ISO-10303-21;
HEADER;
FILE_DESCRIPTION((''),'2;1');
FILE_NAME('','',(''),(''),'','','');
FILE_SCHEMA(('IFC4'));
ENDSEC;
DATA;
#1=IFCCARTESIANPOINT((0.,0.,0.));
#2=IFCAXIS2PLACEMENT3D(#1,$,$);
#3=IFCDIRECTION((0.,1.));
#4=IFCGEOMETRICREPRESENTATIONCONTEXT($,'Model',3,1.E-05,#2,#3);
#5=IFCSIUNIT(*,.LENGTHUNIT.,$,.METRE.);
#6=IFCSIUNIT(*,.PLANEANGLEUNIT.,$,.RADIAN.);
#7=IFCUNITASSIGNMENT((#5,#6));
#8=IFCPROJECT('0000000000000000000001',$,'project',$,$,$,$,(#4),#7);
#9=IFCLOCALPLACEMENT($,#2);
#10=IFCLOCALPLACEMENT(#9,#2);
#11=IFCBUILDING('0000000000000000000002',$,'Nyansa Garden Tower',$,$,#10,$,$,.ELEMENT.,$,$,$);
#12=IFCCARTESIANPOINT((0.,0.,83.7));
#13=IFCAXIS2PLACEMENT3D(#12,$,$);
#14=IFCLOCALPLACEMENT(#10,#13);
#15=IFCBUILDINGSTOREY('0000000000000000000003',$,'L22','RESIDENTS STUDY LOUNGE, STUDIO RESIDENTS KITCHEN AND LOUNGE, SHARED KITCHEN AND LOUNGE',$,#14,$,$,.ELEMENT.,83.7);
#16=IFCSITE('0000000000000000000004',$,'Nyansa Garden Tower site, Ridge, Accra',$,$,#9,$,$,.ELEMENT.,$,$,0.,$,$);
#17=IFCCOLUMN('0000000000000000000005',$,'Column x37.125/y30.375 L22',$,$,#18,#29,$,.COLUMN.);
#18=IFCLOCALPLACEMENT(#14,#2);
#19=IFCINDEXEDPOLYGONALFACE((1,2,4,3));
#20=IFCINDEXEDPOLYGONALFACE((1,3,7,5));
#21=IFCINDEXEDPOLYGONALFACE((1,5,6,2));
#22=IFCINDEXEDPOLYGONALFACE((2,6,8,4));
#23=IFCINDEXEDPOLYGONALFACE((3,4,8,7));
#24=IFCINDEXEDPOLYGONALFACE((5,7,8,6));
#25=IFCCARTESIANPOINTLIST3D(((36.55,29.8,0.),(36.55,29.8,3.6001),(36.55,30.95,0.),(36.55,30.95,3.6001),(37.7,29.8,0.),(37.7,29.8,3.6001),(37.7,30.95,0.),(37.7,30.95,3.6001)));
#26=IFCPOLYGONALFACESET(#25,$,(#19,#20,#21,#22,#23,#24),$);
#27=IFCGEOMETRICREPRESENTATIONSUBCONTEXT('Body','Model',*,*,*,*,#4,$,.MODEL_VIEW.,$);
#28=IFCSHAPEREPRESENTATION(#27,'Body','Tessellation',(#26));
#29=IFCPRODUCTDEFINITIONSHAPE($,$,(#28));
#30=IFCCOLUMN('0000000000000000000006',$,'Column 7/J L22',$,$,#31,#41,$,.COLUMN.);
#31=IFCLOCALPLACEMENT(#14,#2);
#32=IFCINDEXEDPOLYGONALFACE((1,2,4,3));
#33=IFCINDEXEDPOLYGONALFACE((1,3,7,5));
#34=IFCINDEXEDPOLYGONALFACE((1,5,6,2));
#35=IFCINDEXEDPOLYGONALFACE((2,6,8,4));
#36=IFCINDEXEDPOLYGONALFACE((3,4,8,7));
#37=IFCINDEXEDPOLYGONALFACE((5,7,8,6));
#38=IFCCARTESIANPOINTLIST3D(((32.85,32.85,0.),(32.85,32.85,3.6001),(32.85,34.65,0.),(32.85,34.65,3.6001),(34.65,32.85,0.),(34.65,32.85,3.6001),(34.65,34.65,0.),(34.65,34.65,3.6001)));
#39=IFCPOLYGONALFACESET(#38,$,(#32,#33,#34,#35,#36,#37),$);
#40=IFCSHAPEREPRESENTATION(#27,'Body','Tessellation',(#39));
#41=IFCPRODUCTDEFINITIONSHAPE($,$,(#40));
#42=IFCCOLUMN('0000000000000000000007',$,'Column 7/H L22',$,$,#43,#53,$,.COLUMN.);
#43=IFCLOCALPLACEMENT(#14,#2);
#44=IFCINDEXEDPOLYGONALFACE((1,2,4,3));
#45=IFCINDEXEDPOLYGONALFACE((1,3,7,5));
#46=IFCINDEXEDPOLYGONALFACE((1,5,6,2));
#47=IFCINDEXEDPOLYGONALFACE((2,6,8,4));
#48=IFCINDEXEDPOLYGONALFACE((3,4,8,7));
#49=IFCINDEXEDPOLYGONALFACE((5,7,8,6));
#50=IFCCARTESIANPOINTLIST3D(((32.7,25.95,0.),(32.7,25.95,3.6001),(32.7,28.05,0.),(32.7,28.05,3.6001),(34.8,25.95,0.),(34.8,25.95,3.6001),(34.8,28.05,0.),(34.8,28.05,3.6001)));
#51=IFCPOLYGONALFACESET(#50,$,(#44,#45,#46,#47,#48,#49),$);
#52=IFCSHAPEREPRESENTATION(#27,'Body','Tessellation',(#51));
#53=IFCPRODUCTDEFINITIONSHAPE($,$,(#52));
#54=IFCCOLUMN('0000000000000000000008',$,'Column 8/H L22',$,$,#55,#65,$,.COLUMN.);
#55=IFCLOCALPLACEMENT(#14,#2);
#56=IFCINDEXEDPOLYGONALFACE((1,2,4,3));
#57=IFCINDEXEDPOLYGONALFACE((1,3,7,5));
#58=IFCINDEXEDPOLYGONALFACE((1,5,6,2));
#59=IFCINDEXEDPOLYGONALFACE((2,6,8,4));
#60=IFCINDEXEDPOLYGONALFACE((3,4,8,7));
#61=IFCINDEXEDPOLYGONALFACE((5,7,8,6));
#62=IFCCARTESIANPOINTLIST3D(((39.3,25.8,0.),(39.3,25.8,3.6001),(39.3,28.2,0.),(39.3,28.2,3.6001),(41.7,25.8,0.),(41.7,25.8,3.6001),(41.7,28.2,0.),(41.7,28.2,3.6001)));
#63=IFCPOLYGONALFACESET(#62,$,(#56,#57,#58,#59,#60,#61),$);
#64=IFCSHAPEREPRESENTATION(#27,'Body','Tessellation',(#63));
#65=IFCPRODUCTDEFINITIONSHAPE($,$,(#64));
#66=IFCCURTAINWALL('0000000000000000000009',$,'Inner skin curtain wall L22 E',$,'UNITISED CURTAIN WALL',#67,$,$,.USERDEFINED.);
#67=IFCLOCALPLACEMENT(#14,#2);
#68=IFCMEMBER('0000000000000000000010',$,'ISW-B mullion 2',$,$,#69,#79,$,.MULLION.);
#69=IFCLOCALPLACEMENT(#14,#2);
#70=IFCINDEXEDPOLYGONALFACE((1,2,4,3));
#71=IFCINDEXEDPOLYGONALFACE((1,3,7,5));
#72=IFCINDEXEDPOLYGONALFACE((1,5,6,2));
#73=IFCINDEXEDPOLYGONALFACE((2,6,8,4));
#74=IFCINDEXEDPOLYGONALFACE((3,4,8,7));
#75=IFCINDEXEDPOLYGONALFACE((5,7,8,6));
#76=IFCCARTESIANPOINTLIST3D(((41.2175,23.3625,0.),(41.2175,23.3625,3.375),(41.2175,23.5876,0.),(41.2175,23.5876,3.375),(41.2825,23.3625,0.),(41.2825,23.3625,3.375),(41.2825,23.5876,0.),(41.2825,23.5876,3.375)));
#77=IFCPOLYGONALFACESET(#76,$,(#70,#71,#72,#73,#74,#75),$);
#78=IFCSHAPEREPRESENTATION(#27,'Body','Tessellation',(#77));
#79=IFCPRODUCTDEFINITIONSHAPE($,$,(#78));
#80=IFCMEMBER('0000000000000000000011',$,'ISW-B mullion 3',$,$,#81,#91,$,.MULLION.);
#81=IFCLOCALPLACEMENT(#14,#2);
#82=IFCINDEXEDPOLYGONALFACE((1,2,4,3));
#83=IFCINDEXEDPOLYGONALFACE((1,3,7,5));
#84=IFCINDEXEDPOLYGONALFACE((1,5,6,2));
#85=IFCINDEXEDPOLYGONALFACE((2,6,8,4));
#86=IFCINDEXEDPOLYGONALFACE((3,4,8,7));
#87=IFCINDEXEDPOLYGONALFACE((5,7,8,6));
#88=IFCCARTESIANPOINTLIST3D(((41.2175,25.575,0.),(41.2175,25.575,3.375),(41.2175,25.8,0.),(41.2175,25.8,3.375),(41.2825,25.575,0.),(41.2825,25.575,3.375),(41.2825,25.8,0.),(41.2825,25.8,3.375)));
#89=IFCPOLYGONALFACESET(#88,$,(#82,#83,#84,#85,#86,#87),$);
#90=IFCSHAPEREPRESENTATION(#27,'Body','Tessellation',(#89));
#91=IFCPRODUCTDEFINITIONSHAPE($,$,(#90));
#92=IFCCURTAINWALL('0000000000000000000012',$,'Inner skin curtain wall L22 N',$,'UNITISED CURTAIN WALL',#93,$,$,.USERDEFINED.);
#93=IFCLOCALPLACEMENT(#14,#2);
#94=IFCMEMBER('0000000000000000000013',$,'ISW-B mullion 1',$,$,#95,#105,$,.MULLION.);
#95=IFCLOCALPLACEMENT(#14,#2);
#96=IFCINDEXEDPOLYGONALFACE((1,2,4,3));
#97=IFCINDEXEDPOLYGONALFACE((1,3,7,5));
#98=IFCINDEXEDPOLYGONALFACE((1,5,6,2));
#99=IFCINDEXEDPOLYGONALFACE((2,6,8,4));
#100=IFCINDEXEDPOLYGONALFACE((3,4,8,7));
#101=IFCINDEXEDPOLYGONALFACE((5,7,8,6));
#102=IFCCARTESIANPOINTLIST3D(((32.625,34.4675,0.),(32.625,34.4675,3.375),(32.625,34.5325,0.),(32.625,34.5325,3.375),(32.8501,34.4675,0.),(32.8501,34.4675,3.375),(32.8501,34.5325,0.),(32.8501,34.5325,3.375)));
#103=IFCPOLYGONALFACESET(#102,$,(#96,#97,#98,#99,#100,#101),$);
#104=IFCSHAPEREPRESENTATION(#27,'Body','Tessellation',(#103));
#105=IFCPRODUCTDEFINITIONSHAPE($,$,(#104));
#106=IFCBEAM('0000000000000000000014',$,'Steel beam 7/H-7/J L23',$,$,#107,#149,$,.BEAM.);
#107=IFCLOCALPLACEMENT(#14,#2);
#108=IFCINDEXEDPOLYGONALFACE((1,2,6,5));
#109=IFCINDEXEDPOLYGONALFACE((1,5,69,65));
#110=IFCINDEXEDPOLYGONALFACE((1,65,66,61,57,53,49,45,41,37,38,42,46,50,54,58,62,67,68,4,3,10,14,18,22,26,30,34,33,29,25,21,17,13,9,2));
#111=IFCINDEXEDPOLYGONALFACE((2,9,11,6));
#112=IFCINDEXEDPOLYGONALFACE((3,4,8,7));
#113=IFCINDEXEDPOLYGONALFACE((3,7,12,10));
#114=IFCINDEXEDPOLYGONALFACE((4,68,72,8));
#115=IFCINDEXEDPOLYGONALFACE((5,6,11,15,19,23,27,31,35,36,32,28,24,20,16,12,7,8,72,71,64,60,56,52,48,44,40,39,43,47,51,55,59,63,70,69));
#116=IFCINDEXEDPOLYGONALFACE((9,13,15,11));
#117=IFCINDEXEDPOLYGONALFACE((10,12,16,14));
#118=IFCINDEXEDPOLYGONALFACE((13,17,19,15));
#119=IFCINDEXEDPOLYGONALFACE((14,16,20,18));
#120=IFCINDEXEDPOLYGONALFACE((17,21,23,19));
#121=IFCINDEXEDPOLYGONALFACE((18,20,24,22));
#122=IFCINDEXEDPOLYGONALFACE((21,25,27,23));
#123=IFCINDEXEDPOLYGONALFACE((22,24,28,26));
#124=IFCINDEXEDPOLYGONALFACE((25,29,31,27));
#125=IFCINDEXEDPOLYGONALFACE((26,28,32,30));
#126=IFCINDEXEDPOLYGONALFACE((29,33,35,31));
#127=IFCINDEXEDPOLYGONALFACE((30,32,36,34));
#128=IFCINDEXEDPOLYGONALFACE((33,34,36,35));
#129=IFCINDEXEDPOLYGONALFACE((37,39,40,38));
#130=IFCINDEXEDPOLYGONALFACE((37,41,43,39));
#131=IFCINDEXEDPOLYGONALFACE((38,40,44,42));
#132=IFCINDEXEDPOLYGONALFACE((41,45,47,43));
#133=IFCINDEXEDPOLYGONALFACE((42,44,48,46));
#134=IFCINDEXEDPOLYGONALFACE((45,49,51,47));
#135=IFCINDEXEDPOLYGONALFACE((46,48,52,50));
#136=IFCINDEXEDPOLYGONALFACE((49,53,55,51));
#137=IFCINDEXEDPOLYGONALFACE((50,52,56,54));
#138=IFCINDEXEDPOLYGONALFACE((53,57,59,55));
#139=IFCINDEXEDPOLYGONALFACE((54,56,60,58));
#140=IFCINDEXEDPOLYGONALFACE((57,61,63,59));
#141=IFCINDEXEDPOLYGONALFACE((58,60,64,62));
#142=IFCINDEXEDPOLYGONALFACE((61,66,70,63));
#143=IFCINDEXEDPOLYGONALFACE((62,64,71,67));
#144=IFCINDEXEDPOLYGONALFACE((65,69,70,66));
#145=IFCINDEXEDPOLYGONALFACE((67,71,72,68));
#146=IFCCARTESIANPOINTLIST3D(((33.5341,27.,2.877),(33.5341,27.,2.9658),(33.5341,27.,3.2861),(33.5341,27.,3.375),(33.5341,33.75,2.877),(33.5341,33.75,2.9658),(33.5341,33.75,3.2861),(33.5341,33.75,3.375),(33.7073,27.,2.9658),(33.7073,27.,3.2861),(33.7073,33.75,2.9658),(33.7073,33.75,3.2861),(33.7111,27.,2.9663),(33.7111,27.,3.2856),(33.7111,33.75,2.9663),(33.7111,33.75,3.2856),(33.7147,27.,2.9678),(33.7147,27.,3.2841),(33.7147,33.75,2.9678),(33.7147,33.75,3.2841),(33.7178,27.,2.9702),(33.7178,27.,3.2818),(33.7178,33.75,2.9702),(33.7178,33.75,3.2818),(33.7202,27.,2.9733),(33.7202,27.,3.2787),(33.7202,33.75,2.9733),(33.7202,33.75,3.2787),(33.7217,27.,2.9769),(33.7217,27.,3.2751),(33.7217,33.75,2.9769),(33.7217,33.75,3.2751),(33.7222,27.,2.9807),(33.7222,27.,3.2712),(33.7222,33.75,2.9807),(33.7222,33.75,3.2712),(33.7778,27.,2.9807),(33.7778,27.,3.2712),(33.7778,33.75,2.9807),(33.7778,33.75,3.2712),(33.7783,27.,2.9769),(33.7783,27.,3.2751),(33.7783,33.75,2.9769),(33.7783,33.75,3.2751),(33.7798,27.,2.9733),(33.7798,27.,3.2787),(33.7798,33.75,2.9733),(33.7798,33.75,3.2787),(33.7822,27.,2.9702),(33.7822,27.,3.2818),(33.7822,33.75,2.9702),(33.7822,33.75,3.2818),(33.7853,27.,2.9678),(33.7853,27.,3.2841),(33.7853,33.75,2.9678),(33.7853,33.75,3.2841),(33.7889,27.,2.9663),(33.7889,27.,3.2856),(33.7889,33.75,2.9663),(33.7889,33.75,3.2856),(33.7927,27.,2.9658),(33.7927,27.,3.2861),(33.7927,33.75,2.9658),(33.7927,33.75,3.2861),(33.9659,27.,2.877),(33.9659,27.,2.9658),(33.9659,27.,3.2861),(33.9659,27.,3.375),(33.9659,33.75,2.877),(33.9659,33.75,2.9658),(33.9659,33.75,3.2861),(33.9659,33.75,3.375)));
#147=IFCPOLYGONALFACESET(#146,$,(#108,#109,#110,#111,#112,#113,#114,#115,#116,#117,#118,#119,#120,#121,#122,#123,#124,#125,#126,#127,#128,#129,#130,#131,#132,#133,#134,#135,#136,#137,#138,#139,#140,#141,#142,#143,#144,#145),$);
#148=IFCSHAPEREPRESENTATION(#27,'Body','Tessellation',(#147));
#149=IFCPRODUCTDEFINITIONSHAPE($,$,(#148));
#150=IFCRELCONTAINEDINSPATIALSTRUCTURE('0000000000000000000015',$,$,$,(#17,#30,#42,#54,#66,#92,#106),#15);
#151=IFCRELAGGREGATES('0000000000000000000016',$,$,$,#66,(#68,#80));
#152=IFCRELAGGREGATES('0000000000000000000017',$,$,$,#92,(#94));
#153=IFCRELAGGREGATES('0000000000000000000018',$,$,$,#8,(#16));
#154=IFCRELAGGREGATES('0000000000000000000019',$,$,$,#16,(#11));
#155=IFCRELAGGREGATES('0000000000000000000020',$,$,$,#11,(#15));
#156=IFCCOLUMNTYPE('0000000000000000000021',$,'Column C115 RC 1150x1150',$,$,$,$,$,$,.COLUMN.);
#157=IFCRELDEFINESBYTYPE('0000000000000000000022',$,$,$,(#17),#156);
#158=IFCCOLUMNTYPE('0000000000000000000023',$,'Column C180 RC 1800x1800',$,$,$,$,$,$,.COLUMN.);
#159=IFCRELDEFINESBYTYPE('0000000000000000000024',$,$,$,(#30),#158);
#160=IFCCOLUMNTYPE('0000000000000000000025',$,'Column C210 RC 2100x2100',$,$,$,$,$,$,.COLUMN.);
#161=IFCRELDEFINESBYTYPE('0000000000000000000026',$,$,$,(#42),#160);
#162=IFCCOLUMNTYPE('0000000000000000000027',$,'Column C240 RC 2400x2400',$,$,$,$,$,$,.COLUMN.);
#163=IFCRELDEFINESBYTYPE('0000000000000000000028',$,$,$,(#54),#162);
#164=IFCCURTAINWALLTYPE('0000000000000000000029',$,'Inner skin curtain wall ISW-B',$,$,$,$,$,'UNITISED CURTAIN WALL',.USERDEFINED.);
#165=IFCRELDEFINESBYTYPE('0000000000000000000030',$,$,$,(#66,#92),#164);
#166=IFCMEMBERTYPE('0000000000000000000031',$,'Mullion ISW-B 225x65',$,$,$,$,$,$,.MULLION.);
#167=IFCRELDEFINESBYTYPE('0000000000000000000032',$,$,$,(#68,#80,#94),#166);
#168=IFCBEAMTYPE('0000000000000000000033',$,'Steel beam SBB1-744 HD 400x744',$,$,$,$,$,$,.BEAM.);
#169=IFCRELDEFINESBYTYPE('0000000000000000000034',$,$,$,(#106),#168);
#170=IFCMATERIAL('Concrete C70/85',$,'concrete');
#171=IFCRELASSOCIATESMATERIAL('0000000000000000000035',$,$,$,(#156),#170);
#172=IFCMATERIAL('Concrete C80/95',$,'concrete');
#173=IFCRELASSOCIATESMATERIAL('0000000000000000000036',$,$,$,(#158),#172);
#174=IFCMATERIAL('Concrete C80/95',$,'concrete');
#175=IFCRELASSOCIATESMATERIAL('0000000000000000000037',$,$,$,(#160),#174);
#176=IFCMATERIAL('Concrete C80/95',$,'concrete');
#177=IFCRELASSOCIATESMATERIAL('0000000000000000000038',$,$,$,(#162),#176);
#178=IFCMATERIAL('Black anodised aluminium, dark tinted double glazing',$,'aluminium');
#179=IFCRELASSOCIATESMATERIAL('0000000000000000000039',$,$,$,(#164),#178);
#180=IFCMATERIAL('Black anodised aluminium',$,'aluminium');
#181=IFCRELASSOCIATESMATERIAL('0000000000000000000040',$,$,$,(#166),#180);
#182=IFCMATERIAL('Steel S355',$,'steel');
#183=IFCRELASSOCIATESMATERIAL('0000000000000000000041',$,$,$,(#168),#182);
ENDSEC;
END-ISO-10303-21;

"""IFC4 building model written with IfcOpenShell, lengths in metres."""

from ifc_helpers import new_model, si_unit, direction, frame, origin, origin_2d, place, context, subcontext, project, spatial, rectangle, i_section, extrude, material, material_profile, profile_set, type_object, element, aggregate, save


model = new_model("IFC4")

# Units and contexts
model_context = context("Model", 3, precision=1e-05, world=origin(), true_north=direction((0.0, 1.0)))
body_context = subcontext(model_context, "Body", "Model", "MODEL_VIEW")
ifc_project = project(units=[si_unit("LENGTHUNIT", "METRE"), si_unit("PLANEANGLEUNIT", "RADIAN")], contexts=[model_context])

# Site, building, storey
site_placement = place(None, origin())
site = spatial("IfcSite", under=ifc_project, at=site_placement, Name="Nyansa Garden Tower site, Ridge, Accra", CompositionType="ELEMENT", RefElevation=0.0)
building_placement = place(site_placement, origin())
building = spatial("IfcBuilding", under=site, at=building_placement, Name="Nyansa Garden Tower", CompositionType="ELEMENT")
storey_placement = place(building_placement, frame((0.0, 0.0, 83.7)))
storey = spatial("IfcBuildingStorey", under=building, at=storey_placement, Name="L22", Description="RESIDENTS STUDY LOUNGE, STUDIO RESIDENTS KITCHEN AND LOUNGE, SHARED KITCHEN AND LOUNGE", CompositionType="ELEMENT", Elevation=83.7)

# Columns
ifc_material_1 = material(Name="Concrete C70/85", Category="concrete")
ifc_material_profile_1 = material_profile(ifc_material_1, rectangle(XDim=1.1499, YDim=1.1499, at=origin_2d()), Name="RC 1150x1150")
ifc_profile_set_1 = profile_set([ifc_material_profile_1], Name="Concrete C70/85")
column_type_1 = type_object("IfcColumnType", Name="Column C115 RC 1150x1150", PredefinedType="COLUMN", material=ifc_profile_set_1)
column_1_placement = place(storey_placement, frame((37.125, 30.375, 0.0), z_axis=(0.0, 0.0, 1.0), x_axis=(1.0, 0.0, 0.0)))
element("IfcColumn", 1, at=column_1_placement, inside=storey, type_object=column_type_1, Name="Column x37.125/y30.375 L22", PredefinedType="COLUMN", context=body_context, shape_type="SweptSolid", body=[
    extrude(rectangle(XDim=1.1499, YDim=1.1499, at=origin_2d()), origin(), (0.0, 0.0, 1.0), 3.6001),
])
ifc_material_2 = material(Name="Concrete C80/95", Category="concrete")
ifc_material_profile_2 = material_profile(ifc_material_2, rectangle(XDim=1.8, YDim=1.8, at=origin_2d()), Name="RC 1800x1800")
ifc_profile_set_2 = profile_set([ifc_material_profile_2], Name="Concrete C80/95")
column_type_2 = type_object("IfcColumnType", Name="Column C180 RC 1800x1800", PredefinedType="COLUMN", material=ifc_profile_set_2)
column_2_placement = place(storey_placement, frame((33.75, 33.75, 0.0), z_axis=(0.0, 0.0, 1.0), x_axis=(1.0, 0.0, 0.0)))
element("IfcColumn", 2, at=column_2_placement, inside=storey, type_object=column_type_2, Name="Column 7/J L22", PredefinedType="COLUMN", context=body_context, shape_type="SweptSolid", body=[
    extrude(rectangle(XDim=1.8, YDim=1.8, at=origin_2d()), origin(), (0.0, 0.0, 1.0), 3.6001),
])
ifc_material_3 = material(Name="Concrete C80/95", Category="concrete")
ifc_material_profile_3 = material_profile(ifc_material_3, rectangle(XDim=2.1001, YDim=2.1001, at=origin_2d()), Name="RC 2100x2100")
ifc_profile_set_3 = profile_set([ifc_material_profile_3], Name="Concrete C80/95")
column_type_3 = type_object("IfcColumnType", Name="Column C210 RC 2100x2100", PredefinedType="COLUMN", material=ifc_profile_set_3)
column_3_placement = place(storey_placement, frame((33.75, 27.0, 0.0), z_axis=(0.0, 0.0, 1.0), x_axis=(1.0, 0.0, 0.0)))
element("IfcColumn", 3, at=column_3_placement, inside=storey, type_object=column_type_3, Name="Column 7/H L22", PredefinedType="COLUMN", context=body_context, shape_type="SweptSolid", body=[
    extrude(rectangle(XDim=2.1001, YDim=2.1001, at=origin_2d()), origin(), (0.0, 0.0, 1.0), 3.6001),
])
ifc_material_4 = material(Name="Concrete C80/95", Category="concrete")
ifc_material_profile_4 = material_profile(ifc_material_4, rectangle(XDim=2.3999, YDim=2.3999, at=origin_2d()), Name="RC 2400x2400")
ifc_profile_set_4 = profile_set([ifc_material_profile_4], Name="Concrete C80/95")
column_type_4 = type_object("IfcColumnType", Name="Column C240 RC 2400x2400", PredefinedType="COLUMN", material=ifc_profile_set_4)
column_4_placement = place(storey_placement, frame((40.5, 27.0, 0.0), z_axis=(0.0, 0.0, 1.0), x_axis=(1.0, 0.0, 0.0)))
element("IfcColumn", 4, at=column_4_placement, inside=storey, type_object=column_type_4, Name="Column 8/H L22", PredefinedType="COLUMN", context=body_context, shape_type="SweptSolid", body=[
    extrude(rectangle(XDim=2.3999, YDim=2.3999, at=origin_2d()), origin(), (0.0, 0.0, 1.0), 3.6001),
])

# Curtain wall, members
ifc_material_5 = material(Name="Black anodised aluminium, dark tinted double glazing", Category="aluminium")
curtain_wall_type = type_object("IfcCurtainWallType", Name="Inner skin curtain wall ISW-B", ElementType="UNITISED CURTAIN WALL", PredefinedType="USERDEFINED", material=ifc_material_5)
curtain_wall_1_placement = place(storey_placement, origin())
curtain_wall_1 = element("IfcCurtainWall", 5, at=curtain_wall_1_placement, inside=storey, type_object=curtain_wall_type, Name="Inner skin curtain wall L22 E", ObjectType="UNITISED CURTAIN WALL", PredefinedType="USERDEFINED")
ifc_material_6 = material(Name="Black anodised aluminium", Category="aluminium")
ifc_material_profile_5 = material_profile(ifc_material_6, rectangle(XDim=0.0649, YDim=0.2251, at=origin_2d()), Name="Mullion 225x65")
ifc_profile_set_5 = profile_set([ifc_material_profile_5], Name="Black anodised aluminium")
member_type_1 = type_object("IfcMemberType", Name="Mullion ISW-B 225x65", PredefinedType="MULLION", material=ifc_profile_set_5)
member_1_placement = place(storey_placement, frame((41.25, 23.4751, 0.0), z_axis=(0.0, 0.0, 1.0), x_axis=(-1.0, 0.0, 0.0)))
member_1 = element("IfcMember", 6, at=member_1_placement, type_object=member_type_1, Name="ISW-B mullion 2", PredefinedType="MULLION", context=body_context, shape_type="SweptSolid", body=[
    extrude(rectangle(XDim=0.0649, YDim=0.2251, at=origin_2d()), origin(), (0.0, 0.0, 1.0), 3.375),
])
member_2_placement = place(storey_placement, frame((41.25, 25.6875, 0.0), z_axis=(0.0, 0.0, 1.0), x_axis=(-1.0, 0.0, 0.0)))
member_2 = element("IfcMember", 7, at=member_2_placement, type_object=member_type_1, Name="ISW-B mullion 3", PredefinedType="MULLION", context=body_context, shape_type="SweptSolid", body=[
    extrude(rectangle(XDim=0.0649, YDim=0.2251, at=origin_2d()), origin(), (0.0, 0.0, 1.0), 3.375),
])

# Curtain wall, member
curtain_wall_2_placement = place(storey_placement, origin())
curtain_wall_2 = element("IfcCurtainWall", 8, at=curtain_wall_2_placement, inside=storey, type_object=curtain_wall_type, Name="Inner skin curtain wall L22 N", ObjectType="UNITISED CURTAIN WALL", PredefinedType="USERDEFINED")
member_3_placement = place(storey_placement, frame((32.7375, 34.5, 0.0), z_axis=(0.0, 0.0, 1.0), x_axis=(0.0, -1.0, 0.0)))
member_3 = element("IfcMember", 9, at=member_3_placement, type_object=member_type_1, Name="ISW-B mullion 1", PredefinedType="MULLION", context=body_context, shape_type="SweptSolid", body=[
    extrude(rectangle(XDim=0.0649, YDim=0.2251, at=origin_2d()), origin(), (0.0, 0.0, 1.0), 3.375),
])

# Beam
ifc_material_7 = material(Name="Steel S355", Category="steel")
ifc_material_profile_6 = material_profile(ifc_material_7, i_section(OverallWidth=0.4319, OverallDepth=0.498, WebThickness=0.0557, FlangeThickness=0.0889, FilletRadius=0.0149, at=origin_2d()), Name="HD 400x744")
ifc_profile_set_6 = profile_set([ifc_material_profile_6], Name="Steel S355")
beam_type_1 = type_object("IfcBeamType", Name="Steel beam SBB1-744 HD 400x744", PredefinedType="BEAM", material=ifc_profile_set_6)
for number, where, z_axis, x_axis, name in (
    (10, (33.75, 27.0, 3.126), (0.0, 1.0, 0.0), (-1.0, 0.0, 0.0), "Steel beam 7/H-7/J L23"),
):
    element("IfcBeam", number, at=place(storey_placement, frame(where, z_axis=z_axis, x_axis=x_axis)), inside=storey, type_object=beam_type_1, Name=name, PredefinedType="BEAM", context=body_context, shape_type="SweptSolid", body=[
        extrude(i_section(OverallWidth=0.4319, OverallDepth=0.498, WebThickness=0.0557, FlangeThickness=0.0889, FilletRadius=0.0149, at=origin_2d()), origin(), (0.0, 0.0, 1.0), 6.75),
    ])

aggregate(curtain_wall_1, [member_1, member_2])
aggregate(curtain_wall_2, [member_3])

save(model, "model.ifc")
